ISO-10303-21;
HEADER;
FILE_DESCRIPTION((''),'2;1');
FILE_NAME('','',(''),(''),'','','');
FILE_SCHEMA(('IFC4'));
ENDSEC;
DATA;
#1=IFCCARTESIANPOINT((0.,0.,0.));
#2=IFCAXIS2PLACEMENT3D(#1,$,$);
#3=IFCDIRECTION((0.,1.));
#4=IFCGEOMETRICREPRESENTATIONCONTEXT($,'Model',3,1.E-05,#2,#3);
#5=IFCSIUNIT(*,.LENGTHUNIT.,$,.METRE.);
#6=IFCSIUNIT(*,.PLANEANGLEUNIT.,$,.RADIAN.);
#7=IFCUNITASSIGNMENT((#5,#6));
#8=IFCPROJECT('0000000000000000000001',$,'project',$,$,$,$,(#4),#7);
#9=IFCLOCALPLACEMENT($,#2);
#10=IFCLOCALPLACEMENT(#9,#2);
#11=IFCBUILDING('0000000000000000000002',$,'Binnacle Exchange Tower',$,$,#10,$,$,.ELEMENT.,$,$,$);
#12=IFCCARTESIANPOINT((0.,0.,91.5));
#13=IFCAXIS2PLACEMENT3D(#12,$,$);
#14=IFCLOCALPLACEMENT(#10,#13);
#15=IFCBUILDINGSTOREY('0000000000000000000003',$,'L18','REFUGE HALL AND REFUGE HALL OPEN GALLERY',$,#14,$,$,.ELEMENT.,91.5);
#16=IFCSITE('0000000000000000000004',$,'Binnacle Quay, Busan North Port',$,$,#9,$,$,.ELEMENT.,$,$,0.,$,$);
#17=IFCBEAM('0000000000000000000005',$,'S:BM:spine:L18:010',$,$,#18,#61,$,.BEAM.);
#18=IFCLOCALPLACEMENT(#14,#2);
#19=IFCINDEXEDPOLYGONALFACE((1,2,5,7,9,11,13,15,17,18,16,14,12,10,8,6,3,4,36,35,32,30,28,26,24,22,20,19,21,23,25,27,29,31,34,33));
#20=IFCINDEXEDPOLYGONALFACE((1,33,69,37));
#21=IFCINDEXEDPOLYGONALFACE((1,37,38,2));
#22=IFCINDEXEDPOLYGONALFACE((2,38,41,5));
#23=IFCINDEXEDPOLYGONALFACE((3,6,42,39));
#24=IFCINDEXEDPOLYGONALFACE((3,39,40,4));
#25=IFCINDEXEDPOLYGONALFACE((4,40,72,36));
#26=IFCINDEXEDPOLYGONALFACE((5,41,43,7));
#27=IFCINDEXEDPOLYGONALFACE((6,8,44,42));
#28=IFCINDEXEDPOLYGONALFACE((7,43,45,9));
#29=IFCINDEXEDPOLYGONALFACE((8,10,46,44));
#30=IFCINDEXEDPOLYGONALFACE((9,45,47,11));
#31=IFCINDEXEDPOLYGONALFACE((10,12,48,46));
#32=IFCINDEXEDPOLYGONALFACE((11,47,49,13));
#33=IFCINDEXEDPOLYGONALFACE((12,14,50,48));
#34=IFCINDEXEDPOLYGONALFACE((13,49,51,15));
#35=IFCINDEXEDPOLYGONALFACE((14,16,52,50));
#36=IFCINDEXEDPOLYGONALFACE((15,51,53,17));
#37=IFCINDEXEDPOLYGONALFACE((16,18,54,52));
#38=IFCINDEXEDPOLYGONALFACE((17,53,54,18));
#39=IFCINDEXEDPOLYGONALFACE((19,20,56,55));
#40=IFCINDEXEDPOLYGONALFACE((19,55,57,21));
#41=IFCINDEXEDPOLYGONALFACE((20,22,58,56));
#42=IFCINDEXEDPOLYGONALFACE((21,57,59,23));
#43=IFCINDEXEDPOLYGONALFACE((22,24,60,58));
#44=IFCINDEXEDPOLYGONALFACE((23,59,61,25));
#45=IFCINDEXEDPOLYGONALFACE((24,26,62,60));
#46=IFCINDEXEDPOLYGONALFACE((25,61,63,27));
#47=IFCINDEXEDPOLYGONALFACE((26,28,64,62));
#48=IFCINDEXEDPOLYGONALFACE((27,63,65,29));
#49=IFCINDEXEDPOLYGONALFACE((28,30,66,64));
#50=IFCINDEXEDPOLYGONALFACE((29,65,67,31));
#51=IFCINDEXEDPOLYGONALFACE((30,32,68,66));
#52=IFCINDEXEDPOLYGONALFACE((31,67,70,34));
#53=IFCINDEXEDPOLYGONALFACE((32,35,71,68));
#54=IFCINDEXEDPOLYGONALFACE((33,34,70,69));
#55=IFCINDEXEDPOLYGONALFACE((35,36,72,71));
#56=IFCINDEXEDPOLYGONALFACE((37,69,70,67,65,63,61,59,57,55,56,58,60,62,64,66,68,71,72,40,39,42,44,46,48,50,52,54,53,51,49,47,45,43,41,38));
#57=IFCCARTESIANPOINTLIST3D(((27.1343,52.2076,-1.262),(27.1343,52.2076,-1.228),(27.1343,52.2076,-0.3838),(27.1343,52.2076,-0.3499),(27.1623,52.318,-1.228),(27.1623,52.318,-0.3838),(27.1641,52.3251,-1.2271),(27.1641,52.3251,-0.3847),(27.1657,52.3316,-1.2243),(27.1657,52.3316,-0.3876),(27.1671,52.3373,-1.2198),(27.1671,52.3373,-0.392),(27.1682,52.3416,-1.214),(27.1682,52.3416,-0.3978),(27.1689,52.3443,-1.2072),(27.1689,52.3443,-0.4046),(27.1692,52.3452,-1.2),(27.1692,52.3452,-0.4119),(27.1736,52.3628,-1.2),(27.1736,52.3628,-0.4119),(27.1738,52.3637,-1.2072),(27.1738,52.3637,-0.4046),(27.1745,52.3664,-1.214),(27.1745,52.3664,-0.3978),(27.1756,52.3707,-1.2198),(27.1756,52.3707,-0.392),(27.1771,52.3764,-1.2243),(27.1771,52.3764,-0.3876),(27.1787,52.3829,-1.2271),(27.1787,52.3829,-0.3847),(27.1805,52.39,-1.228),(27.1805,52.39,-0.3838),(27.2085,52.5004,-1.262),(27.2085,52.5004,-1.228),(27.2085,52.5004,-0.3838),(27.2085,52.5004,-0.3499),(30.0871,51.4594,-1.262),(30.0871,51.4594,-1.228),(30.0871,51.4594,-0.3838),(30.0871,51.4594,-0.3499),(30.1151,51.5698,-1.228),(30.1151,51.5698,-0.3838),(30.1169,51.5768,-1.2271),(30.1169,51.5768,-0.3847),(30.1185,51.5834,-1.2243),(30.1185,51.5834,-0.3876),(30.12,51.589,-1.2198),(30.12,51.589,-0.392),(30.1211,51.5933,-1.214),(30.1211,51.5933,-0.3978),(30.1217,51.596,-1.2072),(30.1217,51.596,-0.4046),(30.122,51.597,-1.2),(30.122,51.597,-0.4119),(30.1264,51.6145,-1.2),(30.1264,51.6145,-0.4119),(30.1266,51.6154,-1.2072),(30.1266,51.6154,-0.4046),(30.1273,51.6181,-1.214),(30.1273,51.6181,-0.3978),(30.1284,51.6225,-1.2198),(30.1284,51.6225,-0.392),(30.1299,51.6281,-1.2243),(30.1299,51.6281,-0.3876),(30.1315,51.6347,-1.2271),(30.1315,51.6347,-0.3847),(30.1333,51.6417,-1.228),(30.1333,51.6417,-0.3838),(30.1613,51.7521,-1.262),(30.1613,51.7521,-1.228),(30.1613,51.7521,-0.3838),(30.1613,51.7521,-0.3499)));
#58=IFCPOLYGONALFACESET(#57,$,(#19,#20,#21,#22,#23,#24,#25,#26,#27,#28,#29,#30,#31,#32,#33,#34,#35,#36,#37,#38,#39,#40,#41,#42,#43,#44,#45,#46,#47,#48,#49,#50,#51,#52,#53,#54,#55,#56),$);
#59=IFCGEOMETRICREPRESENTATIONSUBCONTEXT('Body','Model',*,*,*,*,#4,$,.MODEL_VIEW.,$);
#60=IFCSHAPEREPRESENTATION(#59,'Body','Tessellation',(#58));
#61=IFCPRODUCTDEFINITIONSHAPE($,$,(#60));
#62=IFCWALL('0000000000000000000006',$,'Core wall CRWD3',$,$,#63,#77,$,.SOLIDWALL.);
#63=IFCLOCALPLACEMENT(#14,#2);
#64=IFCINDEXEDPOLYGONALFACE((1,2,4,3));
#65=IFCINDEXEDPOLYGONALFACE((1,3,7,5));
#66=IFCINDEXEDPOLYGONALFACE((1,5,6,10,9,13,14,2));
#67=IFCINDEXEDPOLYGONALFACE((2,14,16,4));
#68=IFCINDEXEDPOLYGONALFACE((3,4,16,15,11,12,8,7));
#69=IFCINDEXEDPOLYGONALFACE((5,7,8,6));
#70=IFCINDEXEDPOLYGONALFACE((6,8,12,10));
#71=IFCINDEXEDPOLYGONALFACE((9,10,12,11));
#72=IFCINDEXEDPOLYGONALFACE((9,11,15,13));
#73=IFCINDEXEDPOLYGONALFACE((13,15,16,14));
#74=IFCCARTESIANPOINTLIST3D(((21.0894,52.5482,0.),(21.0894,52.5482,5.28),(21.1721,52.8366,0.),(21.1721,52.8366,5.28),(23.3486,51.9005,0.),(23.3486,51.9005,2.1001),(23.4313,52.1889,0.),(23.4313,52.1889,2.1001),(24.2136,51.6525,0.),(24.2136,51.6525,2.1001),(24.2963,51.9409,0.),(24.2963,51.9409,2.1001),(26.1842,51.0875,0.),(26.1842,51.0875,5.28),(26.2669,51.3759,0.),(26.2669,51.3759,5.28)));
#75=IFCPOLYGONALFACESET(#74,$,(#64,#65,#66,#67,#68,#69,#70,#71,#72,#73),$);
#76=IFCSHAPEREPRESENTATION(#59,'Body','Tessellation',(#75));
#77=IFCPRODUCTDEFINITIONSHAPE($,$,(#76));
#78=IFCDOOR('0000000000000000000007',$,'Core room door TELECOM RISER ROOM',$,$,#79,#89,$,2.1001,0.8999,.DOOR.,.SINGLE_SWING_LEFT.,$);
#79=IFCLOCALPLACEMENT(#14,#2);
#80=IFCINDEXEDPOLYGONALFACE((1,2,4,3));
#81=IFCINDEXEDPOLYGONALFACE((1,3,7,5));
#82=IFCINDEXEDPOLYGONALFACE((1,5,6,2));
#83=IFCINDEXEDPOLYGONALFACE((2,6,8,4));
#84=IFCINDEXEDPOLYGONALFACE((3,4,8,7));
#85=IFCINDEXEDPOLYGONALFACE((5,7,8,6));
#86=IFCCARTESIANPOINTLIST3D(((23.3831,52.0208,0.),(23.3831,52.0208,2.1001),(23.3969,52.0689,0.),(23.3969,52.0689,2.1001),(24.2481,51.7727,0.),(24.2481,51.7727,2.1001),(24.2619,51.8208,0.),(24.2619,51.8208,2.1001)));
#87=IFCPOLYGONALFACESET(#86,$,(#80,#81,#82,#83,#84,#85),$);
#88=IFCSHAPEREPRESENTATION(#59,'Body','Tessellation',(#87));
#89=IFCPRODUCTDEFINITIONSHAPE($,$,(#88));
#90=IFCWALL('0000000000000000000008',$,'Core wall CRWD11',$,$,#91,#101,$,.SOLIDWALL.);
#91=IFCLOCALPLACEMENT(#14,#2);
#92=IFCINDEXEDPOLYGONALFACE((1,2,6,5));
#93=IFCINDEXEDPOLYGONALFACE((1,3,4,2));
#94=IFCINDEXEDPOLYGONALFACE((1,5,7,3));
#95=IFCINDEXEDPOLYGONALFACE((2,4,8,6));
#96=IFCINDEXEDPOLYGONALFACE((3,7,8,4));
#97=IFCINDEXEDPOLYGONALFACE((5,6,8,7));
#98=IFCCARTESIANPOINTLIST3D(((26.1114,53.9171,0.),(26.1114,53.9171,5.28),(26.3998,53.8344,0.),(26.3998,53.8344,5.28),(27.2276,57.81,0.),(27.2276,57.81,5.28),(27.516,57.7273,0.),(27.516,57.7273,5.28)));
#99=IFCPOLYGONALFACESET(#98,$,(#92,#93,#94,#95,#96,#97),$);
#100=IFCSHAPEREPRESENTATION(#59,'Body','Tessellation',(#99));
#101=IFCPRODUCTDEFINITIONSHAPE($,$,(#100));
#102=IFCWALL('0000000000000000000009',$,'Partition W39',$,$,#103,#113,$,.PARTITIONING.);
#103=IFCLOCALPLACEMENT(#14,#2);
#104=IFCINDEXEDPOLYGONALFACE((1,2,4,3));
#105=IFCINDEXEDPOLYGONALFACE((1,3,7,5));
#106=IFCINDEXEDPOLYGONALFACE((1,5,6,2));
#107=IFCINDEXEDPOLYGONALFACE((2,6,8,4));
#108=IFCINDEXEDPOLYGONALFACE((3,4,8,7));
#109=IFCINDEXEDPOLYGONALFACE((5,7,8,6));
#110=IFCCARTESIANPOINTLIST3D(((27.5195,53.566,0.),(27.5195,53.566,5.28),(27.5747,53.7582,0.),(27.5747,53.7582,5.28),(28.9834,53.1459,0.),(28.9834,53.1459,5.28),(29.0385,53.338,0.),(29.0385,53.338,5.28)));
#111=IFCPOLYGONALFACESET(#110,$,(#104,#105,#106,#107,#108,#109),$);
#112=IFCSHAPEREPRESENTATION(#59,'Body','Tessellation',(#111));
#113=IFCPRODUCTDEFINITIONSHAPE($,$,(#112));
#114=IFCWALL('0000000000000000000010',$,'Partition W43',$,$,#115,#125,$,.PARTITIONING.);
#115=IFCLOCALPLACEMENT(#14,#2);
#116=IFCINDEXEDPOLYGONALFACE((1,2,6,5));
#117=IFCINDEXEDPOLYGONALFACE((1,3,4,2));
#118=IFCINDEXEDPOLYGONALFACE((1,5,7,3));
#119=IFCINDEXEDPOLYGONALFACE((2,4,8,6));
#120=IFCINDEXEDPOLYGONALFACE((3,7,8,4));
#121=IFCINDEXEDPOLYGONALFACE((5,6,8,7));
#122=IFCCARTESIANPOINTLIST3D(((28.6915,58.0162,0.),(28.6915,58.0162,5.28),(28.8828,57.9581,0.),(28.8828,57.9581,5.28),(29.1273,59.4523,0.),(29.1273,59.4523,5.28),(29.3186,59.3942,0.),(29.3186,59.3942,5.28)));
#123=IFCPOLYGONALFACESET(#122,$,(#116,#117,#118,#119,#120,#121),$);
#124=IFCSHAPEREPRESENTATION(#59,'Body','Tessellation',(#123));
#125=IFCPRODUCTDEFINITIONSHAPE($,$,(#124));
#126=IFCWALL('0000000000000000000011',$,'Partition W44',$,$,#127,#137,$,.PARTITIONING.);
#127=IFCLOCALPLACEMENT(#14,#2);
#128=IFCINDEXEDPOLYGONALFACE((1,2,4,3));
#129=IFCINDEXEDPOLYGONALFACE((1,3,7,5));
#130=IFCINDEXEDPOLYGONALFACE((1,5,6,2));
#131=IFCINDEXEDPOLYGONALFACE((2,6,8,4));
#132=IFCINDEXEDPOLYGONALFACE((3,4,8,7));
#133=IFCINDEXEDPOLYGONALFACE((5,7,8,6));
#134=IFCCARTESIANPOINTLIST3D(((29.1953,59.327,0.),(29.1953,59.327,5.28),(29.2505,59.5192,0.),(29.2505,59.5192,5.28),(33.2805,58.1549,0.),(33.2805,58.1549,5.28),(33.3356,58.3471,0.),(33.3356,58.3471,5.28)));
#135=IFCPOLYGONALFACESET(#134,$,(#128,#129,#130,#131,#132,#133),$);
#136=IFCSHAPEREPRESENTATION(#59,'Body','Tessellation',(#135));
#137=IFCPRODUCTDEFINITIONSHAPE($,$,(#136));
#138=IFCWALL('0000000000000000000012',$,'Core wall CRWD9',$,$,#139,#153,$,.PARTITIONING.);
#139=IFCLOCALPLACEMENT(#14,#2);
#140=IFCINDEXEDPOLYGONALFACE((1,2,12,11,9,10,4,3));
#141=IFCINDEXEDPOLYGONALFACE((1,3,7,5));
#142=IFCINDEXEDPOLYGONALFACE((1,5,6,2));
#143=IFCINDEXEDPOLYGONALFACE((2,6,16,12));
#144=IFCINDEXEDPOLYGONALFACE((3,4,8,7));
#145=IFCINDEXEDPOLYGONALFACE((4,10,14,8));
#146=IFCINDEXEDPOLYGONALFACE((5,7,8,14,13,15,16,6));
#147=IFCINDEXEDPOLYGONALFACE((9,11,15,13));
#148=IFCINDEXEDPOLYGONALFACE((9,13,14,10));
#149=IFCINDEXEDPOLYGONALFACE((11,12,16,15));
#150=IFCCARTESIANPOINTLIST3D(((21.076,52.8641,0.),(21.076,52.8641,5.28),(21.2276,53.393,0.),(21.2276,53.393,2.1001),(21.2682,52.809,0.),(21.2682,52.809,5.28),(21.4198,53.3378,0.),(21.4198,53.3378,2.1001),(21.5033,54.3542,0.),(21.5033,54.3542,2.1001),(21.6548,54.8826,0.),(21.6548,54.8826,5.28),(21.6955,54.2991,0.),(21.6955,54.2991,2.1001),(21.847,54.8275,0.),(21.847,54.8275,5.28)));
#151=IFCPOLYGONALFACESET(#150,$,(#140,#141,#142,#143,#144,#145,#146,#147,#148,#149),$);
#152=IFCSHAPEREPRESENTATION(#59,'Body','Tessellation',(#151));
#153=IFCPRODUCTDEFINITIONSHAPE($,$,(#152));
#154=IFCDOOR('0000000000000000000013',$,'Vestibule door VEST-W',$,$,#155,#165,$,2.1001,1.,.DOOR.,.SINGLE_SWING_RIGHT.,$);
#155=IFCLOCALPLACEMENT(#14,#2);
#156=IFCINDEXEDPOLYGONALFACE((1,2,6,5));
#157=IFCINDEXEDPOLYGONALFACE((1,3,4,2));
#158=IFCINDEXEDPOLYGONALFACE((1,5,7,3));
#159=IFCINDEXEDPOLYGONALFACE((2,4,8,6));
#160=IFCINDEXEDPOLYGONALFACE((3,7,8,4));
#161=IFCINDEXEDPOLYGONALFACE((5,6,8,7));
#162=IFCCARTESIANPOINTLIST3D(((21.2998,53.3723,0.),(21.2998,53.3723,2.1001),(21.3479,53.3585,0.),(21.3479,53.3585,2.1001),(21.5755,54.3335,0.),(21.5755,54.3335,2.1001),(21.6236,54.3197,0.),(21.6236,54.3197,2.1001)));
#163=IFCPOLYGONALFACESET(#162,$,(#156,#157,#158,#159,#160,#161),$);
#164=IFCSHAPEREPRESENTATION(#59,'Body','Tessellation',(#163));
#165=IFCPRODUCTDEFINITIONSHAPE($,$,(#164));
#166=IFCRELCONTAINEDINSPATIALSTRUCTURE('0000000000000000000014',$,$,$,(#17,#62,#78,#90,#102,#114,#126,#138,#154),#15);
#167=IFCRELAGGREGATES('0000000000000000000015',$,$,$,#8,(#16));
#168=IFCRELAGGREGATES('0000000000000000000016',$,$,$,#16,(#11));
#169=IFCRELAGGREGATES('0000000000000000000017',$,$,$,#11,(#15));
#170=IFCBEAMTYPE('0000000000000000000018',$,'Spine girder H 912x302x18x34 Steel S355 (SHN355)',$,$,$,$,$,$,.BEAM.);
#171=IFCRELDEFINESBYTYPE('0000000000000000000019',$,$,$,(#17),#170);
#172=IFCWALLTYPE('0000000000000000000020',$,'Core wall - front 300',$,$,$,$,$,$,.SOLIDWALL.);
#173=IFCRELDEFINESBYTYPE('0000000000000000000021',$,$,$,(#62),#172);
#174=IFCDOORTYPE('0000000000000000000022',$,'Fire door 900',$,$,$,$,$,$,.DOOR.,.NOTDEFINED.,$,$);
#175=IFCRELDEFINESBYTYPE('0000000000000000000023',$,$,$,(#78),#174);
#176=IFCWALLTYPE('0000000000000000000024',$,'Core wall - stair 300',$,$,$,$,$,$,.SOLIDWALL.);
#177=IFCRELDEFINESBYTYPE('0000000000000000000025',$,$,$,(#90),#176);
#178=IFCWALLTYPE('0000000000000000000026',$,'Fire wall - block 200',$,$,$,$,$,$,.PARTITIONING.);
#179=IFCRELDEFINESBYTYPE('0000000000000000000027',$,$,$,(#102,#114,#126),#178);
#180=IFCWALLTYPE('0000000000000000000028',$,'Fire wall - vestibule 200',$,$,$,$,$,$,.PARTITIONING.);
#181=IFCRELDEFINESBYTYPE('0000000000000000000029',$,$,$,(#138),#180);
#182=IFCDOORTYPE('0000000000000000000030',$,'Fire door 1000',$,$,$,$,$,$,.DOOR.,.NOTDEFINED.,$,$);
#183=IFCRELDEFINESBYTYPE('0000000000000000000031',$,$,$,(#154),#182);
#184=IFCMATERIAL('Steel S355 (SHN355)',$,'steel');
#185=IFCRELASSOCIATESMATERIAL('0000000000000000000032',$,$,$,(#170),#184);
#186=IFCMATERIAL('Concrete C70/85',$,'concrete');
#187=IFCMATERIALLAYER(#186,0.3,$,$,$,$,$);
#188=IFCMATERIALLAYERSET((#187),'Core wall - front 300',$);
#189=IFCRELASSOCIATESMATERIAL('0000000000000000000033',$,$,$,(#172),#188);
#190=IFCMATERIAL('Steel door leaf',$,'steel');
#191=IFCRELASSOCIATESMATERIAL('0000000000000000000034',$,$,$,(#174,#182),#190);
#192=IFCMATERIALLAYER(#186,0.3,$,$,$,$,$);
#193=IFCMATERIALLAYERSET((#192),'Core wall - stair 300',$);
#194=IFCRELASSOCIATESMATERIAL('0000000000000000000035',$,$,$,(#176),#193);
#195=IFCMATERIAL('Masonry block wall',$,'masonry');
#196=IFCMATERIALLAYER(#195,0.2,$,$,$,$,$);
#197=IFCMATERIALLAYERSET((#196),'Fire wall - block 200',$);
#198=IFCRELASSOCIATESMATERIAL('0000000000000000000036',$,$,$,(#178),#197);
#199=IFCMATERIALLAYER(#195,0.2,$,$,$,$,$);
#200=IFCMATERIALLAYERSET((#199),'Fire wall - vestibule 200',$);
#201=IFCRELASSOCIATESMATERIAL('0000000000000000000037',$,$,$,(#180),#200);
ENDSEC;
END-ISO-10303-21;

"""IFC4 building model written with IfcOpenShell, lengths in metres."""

from ifc_helpers import new_model, si_unit, direction, frame, frame_2d, origin, origin_2d, place, context, subcontext, project, spatial, rectangle, i_section, extrude, material, layer, layer_set, material_profile, profile_set, type_object, element, fill, save


model = new_model("IFC4")

# Units and contexts
model_context = context("Model", 3, precision=1e-05, world=origin(), true_north=direction((0.0, 1.0)))
body_context = subcontext(model_context, "Body", "Model", "MODEL_VIEW")
ifc_project = project(units=[si_unit("LENGTHUNIT", "METRE"), si_unit("PLANEANGLEUNIT", "RADIAN")], contexts=[model_context])

# Site, building, storey
site_placement = place(None, origin())
site = spatial("IfcSite", under=ifc_project, at=site_placement, Name="Binnacle Quay, Busan North Port", CompositionType="ELEMENT", RefElevation=0.0)
building_placement = place(site_placement, origin())
building = spatial("IfcBuilding", under=site, at=building_placement, Name="Binnacle Exchange Tower", CompositionType="ELEMENT")
storey_placement = place(building_placement, frame((0.0, 0.0, 91.5)))
storey = spatial("IfcBuildingStorey", under=building, at=storey_placement, Name="L18", Description="REFUGE HALL AND REFUGE HALL OPEN GALLERY", CompositionType="ELEMENT", Elevation=91.5)

# Shared definitions
ifc_material_1 = material(Name="Concrete C70/85", Category="concrete")

# Beam
ifc_material_2 = material(Name="Steel S355 (SHN355)", Category="steel")
ifc_material_profile_1 = material_profile(ifc_material_2, i_section(OverallWidth=0.302, OverallDepth=0.9121, WebThickness=0.0181, FlangeThickness=0.0339, FilletRadius=0.0281, at=origin_2d()), Name="H 912x302x18x34")
ifc_profile_set_1 = profile_set([ifc_material_profile_1], Name="Steel S355 (SHN355)")
beam_type_1 = type_object("IfcBeamType", Name="Spine girder H 912x302x18x34 Steel S355 (SHN355)", PredefinedType="BEAM", material=ifc_profile_set_1)
beam_1_placement = place(storey_placement, frame((27.1714, 52.354, -0.8059), z_axis=(0.96936, -0.245646, 0.0), x_axis=(0.245646, 0.96936, 0.0)))
element("IfcBeam", 1, at=beam_1_placement, inside=storey, type_object=beam_type_1, Name="S:BM:spine:L18:010", PredefinedType="BEAM", context=body_context, shape_type="SweptSolid", body=[
    extrude(i_section(OverallWidth=0.302, OverallDepth=0.9121, WebThickness=0.0181, FlangeThickness=0.0339, FilletRadius=0.0281, at=origin_2d()), origin(), (0.0, 0.0, 1.0), 3.0461),
])

# Wall, opening, door
ifc_layer_1 = layer(ifc_material_1, 0.3)
ifc_layer_set_1 = layer_set([ifc_layer_1], Name="Core wall - front 300")
wall_type_1 = type_object("IfcWallType", Name="Core wall - front 300", PredefinedType="SOLIDWALL", material=ifc_layer_set_1)
wall_1_placement = place(storey_placement, frame((21.1309, 52.6924, 0.0), z_axis=(0.0, 0.0, 1.0), x_axis=(0.961271, -0.275603, 0.0)))
wall_1 = element("IfcWall", 2, at=wall_1_placement, inside=storey, type_object=wall_type_1, Name="Core wall CRWD3", PredefinedType="SOLIDWALL", context=body_context, shape_type="SweptSolid", body=[
    extrude(rectangle(XDim=5.3, YDim=0.3, at=frame_2d((2.6499, 0.0))), origin(), (0.0, 0.0, 1.0), 5.28),
])
opening_1_placement = place(wall_1_placement, frame((2.3501, 0.0, 0.0)))
opening_1 = element("IfcOpeningElement", 3, at=opening_1_placement, cuts=wall_1, PredefinedType="OPENING", context=body_context, shape_type="SweptSolid", body=[
    extrude(rectangle(XDim=0.8999, YDim=2.1001, at=frame_2d((0.45, 1.05))), frame((0.0, 0.1599, 0.0), z_axis=(0.0, -1.0, 0.0), x_axis=(1.0, 0.0, 0.0)), (0.0, 0.0, 1.0), 0.3201),
])
ifc_material_3 = material(Name="Steel door leaf", Category="steel")
door_type_1 = type_object("IfcDoorType", Name="Fire door 900", OperationType="NOTDEFINED", PredefinedType="DOOR", material=ifc_material_3)
door_1_placement = place(opening_1_placement, frame((0.8999, 0.0, 0.0), z_axis=(0.0, 0.0, 1.0), x_axis=(-1.0, 0.0, 0.0)))
door_1 = element("IfcDoor", 4, at=door_1_placement, inside=storey, type_object=door_type_1, Name="Core room door TELECOM RISER ROOM", OperationType="SINGLE_SWING_LEFT", OverallHeight=2.1001, OverallWidth=0.8999, PredefinedType="DOOR", context=body_context, shape_type="SweptSolid", body=[
    extrude(rectangle(XDim=0.8999, YDim=2.1001, at=frame_2d((0.45, 1.05))), frame((0.0, 0.0249, 0.0), z_axis=(0.0, -1.0, 0.0), x_axis=(1.0, 0.0, 0.0)), (0.0, 0.0, 1.0), 0.05),
])
fill(opening_1, door_1)

# Walls
ifc_layer_2 = layer(ifc_material_1, 0.3)
ifc_layer_set_2 = layer_set([ifc_layer_2], Name="Core wall - stair 300")
wall_type_2 = type_object("IfcWallType", Name="Core wall - stair 300", PredefinedType="SOLIDWALL", material=ifc_layer_set_2)
wall_2_placement = place(storey_placement, frame((26.2556, 53.8757, 0.0), z_axis=(0.0, 0.0, 1.0), x_axis=(0.275613, 0.961269, 0.0)))
element("IfcWall", 5, at=wall_2_placement, inside=storey, type_object=wall_type_2, Name="Core wall CRWD11", PredefinedType="SOLIDWALL", context=body_context, shape_type="SweptSolid", body=[
    extrude(rectangle(XDim=4.0498, YDim=0.3, at=frame_2d((2.0249, 0.0))), origin(), (0.0, 0.0, 1.0), 5.28),
])
ifc_material_4 = material(Name="Masonry block wall", Category="masonry")
ifc_layer_3 = layer(ifc_material_4, 0.2)
ifc_layer_set_3 = layer_set([ifc_layer_3], Name="Fire wall - block 200")
wall_type_3 = type_object("IfcWallType", Name="Fire wall - block 200", PredefinedType="PARTITIONING", material=ifc_layer_set_3)
wall_3_placement = place(storey_placement, frame((27.5471, 53.6621, 0.0), z_axis=(0.0, 0.0, 1.0), x_axis=(0.961191, -0.275885, 0.0)))
element("IfcWall", 6, at=wall_3_placement, inside=storey, type_object=wall_type_3, Name="Partition W39", PredefinedType="PARTITIONING", context=body_context, shape_type="SweptSolid", body=[
    extrude(rectangle(XDim=1.5229, YDim=0.2, at=frame_2d((0.7615, 0.0))), origin(), (0.0, 0.0, 1.0), 5.28),
])
wall_4_placement = place(storey_placement, frame((28.7871, 57.9871, 0.0), z_axis=(0.0, 0.0, 1.0), x_axis=(0.290391, 0.956908, 0.0)))
element("IfcWall", 7, at=wall_4_placement, inside=storey, type_object=wall_type_3, Name="Partition W43", PredefinedType="PARTITIONING", context=body_context, shape_type="SweptSolid", body=[
    extrude(rectangle(XDim=1.5007, YDim=0.2, at=frame_2d((0.7505, 0.0))), origin(), (0.0, 0.0, 1.0), 5.28),
])
wall_5_placement = place(storey_placement, frame((29.2229, 59.4231, 0.0), z_axis=(0.0, 0.0, 1.0), x_axis=(0.961218, -0.275791, 0.0)))
element("IfcWall", 8, at=wall_5_placement, inside=storey, type_object=wall_type_3, Name="Partition W44", PredefinedType="PARTITIONING", context=body_context, shape_type="SweptSolid", body=[
    extrude(rectangle(XDim=4.25, YDim=0.2, at=frame_2d((2.125, 0.0))), origin(), (0.0, 0.0, 1.0), 5.28),
])

# Wall, opening, door
ifc_layer_4 = layer(ifc_material_4, 0.2)
ifc_layer_set_4 = layer_set([ifc_layer_4], Name="Fire wall - vestibule 200")
wall_type_4 = type_object("IfcWallType", Name="Fire wall - vestibule 200", PredefinedType="PARTITIONING", material=ifc_layer_set_4)
wall_6_placement = place(storey_placement, frame((21.1721, 52.8367, 0.0), z_axis=(0.0, 0.0, 1.0), x_axis=(0.275658, 0.961256, 0.0)))
wall_6 = element("IfcWall", 9, at=wall_6_placement, inside=storey, type_object=wall_type_4, Name="Core wall CRWD9", PredefinedType="PARTITIONING", context=body_context, shape_type="SweptSolid", body=[
    extrude(rectangle(XDim=2.0999, YDim=0.2, at=frame_2d((1.0498, 0.0))), origin(), (0.0, 0.0, 1.0), 5.28),
])
opening_2_placement = place(wall_6_placement, frame((0.55, 0.0, 0.0)))
opening_2 = element("IfcOpeningElement", 10, at=opening_2_placement, cuts=wall_6, PredefinedType="OPENING", context=body_context, shape_type="SweptSolid", body=[
    extrude(rectangle(XDim=1.0, YDim=2.1001, at=frame_2d((0.5, 1.05))), frame((0.0, 0.1099, 0.0), z_axis=(0.0, -1.0, 0.0), x_axis=(1.0, 0.0, 0.0)), (0.0, 0.0, 1.0), 0.22),
])
door_type_2 = type_object("IfcDoorType", Name="Fire door 1000", OperationType="NOTDEFINED", PredefinedType="DOOR", material=ifc_material_3)
door_2_placement = place(opening_2_placement, origin())
door_2 = element("IfcDoor", 11, at=door_2_placement, inside=storey, type_object=door_type_2, Name="Vestibule door VEST-W", OperationType="SINGLE_SWING_RIGHT", OverallHeight=2.1001, OverallWidth=1.0, PredefinedType="DOOR", context=body_context, shape_type="SweptSolid", body=[
    extrude(rectangle(XDim=1.0, YDim=2.1001, at=frame_2d((0.5, 1.05))), frame((0.0, 0.0249, 0.0), z_axis=(0.0, -1.0, 0.0), x_axis=(1.0, 0.0, 0.0)), (0.0, 0.0, 1.0), 0.05),
])
fill(opening_2, door_2)

save(model, "model.ifc")
